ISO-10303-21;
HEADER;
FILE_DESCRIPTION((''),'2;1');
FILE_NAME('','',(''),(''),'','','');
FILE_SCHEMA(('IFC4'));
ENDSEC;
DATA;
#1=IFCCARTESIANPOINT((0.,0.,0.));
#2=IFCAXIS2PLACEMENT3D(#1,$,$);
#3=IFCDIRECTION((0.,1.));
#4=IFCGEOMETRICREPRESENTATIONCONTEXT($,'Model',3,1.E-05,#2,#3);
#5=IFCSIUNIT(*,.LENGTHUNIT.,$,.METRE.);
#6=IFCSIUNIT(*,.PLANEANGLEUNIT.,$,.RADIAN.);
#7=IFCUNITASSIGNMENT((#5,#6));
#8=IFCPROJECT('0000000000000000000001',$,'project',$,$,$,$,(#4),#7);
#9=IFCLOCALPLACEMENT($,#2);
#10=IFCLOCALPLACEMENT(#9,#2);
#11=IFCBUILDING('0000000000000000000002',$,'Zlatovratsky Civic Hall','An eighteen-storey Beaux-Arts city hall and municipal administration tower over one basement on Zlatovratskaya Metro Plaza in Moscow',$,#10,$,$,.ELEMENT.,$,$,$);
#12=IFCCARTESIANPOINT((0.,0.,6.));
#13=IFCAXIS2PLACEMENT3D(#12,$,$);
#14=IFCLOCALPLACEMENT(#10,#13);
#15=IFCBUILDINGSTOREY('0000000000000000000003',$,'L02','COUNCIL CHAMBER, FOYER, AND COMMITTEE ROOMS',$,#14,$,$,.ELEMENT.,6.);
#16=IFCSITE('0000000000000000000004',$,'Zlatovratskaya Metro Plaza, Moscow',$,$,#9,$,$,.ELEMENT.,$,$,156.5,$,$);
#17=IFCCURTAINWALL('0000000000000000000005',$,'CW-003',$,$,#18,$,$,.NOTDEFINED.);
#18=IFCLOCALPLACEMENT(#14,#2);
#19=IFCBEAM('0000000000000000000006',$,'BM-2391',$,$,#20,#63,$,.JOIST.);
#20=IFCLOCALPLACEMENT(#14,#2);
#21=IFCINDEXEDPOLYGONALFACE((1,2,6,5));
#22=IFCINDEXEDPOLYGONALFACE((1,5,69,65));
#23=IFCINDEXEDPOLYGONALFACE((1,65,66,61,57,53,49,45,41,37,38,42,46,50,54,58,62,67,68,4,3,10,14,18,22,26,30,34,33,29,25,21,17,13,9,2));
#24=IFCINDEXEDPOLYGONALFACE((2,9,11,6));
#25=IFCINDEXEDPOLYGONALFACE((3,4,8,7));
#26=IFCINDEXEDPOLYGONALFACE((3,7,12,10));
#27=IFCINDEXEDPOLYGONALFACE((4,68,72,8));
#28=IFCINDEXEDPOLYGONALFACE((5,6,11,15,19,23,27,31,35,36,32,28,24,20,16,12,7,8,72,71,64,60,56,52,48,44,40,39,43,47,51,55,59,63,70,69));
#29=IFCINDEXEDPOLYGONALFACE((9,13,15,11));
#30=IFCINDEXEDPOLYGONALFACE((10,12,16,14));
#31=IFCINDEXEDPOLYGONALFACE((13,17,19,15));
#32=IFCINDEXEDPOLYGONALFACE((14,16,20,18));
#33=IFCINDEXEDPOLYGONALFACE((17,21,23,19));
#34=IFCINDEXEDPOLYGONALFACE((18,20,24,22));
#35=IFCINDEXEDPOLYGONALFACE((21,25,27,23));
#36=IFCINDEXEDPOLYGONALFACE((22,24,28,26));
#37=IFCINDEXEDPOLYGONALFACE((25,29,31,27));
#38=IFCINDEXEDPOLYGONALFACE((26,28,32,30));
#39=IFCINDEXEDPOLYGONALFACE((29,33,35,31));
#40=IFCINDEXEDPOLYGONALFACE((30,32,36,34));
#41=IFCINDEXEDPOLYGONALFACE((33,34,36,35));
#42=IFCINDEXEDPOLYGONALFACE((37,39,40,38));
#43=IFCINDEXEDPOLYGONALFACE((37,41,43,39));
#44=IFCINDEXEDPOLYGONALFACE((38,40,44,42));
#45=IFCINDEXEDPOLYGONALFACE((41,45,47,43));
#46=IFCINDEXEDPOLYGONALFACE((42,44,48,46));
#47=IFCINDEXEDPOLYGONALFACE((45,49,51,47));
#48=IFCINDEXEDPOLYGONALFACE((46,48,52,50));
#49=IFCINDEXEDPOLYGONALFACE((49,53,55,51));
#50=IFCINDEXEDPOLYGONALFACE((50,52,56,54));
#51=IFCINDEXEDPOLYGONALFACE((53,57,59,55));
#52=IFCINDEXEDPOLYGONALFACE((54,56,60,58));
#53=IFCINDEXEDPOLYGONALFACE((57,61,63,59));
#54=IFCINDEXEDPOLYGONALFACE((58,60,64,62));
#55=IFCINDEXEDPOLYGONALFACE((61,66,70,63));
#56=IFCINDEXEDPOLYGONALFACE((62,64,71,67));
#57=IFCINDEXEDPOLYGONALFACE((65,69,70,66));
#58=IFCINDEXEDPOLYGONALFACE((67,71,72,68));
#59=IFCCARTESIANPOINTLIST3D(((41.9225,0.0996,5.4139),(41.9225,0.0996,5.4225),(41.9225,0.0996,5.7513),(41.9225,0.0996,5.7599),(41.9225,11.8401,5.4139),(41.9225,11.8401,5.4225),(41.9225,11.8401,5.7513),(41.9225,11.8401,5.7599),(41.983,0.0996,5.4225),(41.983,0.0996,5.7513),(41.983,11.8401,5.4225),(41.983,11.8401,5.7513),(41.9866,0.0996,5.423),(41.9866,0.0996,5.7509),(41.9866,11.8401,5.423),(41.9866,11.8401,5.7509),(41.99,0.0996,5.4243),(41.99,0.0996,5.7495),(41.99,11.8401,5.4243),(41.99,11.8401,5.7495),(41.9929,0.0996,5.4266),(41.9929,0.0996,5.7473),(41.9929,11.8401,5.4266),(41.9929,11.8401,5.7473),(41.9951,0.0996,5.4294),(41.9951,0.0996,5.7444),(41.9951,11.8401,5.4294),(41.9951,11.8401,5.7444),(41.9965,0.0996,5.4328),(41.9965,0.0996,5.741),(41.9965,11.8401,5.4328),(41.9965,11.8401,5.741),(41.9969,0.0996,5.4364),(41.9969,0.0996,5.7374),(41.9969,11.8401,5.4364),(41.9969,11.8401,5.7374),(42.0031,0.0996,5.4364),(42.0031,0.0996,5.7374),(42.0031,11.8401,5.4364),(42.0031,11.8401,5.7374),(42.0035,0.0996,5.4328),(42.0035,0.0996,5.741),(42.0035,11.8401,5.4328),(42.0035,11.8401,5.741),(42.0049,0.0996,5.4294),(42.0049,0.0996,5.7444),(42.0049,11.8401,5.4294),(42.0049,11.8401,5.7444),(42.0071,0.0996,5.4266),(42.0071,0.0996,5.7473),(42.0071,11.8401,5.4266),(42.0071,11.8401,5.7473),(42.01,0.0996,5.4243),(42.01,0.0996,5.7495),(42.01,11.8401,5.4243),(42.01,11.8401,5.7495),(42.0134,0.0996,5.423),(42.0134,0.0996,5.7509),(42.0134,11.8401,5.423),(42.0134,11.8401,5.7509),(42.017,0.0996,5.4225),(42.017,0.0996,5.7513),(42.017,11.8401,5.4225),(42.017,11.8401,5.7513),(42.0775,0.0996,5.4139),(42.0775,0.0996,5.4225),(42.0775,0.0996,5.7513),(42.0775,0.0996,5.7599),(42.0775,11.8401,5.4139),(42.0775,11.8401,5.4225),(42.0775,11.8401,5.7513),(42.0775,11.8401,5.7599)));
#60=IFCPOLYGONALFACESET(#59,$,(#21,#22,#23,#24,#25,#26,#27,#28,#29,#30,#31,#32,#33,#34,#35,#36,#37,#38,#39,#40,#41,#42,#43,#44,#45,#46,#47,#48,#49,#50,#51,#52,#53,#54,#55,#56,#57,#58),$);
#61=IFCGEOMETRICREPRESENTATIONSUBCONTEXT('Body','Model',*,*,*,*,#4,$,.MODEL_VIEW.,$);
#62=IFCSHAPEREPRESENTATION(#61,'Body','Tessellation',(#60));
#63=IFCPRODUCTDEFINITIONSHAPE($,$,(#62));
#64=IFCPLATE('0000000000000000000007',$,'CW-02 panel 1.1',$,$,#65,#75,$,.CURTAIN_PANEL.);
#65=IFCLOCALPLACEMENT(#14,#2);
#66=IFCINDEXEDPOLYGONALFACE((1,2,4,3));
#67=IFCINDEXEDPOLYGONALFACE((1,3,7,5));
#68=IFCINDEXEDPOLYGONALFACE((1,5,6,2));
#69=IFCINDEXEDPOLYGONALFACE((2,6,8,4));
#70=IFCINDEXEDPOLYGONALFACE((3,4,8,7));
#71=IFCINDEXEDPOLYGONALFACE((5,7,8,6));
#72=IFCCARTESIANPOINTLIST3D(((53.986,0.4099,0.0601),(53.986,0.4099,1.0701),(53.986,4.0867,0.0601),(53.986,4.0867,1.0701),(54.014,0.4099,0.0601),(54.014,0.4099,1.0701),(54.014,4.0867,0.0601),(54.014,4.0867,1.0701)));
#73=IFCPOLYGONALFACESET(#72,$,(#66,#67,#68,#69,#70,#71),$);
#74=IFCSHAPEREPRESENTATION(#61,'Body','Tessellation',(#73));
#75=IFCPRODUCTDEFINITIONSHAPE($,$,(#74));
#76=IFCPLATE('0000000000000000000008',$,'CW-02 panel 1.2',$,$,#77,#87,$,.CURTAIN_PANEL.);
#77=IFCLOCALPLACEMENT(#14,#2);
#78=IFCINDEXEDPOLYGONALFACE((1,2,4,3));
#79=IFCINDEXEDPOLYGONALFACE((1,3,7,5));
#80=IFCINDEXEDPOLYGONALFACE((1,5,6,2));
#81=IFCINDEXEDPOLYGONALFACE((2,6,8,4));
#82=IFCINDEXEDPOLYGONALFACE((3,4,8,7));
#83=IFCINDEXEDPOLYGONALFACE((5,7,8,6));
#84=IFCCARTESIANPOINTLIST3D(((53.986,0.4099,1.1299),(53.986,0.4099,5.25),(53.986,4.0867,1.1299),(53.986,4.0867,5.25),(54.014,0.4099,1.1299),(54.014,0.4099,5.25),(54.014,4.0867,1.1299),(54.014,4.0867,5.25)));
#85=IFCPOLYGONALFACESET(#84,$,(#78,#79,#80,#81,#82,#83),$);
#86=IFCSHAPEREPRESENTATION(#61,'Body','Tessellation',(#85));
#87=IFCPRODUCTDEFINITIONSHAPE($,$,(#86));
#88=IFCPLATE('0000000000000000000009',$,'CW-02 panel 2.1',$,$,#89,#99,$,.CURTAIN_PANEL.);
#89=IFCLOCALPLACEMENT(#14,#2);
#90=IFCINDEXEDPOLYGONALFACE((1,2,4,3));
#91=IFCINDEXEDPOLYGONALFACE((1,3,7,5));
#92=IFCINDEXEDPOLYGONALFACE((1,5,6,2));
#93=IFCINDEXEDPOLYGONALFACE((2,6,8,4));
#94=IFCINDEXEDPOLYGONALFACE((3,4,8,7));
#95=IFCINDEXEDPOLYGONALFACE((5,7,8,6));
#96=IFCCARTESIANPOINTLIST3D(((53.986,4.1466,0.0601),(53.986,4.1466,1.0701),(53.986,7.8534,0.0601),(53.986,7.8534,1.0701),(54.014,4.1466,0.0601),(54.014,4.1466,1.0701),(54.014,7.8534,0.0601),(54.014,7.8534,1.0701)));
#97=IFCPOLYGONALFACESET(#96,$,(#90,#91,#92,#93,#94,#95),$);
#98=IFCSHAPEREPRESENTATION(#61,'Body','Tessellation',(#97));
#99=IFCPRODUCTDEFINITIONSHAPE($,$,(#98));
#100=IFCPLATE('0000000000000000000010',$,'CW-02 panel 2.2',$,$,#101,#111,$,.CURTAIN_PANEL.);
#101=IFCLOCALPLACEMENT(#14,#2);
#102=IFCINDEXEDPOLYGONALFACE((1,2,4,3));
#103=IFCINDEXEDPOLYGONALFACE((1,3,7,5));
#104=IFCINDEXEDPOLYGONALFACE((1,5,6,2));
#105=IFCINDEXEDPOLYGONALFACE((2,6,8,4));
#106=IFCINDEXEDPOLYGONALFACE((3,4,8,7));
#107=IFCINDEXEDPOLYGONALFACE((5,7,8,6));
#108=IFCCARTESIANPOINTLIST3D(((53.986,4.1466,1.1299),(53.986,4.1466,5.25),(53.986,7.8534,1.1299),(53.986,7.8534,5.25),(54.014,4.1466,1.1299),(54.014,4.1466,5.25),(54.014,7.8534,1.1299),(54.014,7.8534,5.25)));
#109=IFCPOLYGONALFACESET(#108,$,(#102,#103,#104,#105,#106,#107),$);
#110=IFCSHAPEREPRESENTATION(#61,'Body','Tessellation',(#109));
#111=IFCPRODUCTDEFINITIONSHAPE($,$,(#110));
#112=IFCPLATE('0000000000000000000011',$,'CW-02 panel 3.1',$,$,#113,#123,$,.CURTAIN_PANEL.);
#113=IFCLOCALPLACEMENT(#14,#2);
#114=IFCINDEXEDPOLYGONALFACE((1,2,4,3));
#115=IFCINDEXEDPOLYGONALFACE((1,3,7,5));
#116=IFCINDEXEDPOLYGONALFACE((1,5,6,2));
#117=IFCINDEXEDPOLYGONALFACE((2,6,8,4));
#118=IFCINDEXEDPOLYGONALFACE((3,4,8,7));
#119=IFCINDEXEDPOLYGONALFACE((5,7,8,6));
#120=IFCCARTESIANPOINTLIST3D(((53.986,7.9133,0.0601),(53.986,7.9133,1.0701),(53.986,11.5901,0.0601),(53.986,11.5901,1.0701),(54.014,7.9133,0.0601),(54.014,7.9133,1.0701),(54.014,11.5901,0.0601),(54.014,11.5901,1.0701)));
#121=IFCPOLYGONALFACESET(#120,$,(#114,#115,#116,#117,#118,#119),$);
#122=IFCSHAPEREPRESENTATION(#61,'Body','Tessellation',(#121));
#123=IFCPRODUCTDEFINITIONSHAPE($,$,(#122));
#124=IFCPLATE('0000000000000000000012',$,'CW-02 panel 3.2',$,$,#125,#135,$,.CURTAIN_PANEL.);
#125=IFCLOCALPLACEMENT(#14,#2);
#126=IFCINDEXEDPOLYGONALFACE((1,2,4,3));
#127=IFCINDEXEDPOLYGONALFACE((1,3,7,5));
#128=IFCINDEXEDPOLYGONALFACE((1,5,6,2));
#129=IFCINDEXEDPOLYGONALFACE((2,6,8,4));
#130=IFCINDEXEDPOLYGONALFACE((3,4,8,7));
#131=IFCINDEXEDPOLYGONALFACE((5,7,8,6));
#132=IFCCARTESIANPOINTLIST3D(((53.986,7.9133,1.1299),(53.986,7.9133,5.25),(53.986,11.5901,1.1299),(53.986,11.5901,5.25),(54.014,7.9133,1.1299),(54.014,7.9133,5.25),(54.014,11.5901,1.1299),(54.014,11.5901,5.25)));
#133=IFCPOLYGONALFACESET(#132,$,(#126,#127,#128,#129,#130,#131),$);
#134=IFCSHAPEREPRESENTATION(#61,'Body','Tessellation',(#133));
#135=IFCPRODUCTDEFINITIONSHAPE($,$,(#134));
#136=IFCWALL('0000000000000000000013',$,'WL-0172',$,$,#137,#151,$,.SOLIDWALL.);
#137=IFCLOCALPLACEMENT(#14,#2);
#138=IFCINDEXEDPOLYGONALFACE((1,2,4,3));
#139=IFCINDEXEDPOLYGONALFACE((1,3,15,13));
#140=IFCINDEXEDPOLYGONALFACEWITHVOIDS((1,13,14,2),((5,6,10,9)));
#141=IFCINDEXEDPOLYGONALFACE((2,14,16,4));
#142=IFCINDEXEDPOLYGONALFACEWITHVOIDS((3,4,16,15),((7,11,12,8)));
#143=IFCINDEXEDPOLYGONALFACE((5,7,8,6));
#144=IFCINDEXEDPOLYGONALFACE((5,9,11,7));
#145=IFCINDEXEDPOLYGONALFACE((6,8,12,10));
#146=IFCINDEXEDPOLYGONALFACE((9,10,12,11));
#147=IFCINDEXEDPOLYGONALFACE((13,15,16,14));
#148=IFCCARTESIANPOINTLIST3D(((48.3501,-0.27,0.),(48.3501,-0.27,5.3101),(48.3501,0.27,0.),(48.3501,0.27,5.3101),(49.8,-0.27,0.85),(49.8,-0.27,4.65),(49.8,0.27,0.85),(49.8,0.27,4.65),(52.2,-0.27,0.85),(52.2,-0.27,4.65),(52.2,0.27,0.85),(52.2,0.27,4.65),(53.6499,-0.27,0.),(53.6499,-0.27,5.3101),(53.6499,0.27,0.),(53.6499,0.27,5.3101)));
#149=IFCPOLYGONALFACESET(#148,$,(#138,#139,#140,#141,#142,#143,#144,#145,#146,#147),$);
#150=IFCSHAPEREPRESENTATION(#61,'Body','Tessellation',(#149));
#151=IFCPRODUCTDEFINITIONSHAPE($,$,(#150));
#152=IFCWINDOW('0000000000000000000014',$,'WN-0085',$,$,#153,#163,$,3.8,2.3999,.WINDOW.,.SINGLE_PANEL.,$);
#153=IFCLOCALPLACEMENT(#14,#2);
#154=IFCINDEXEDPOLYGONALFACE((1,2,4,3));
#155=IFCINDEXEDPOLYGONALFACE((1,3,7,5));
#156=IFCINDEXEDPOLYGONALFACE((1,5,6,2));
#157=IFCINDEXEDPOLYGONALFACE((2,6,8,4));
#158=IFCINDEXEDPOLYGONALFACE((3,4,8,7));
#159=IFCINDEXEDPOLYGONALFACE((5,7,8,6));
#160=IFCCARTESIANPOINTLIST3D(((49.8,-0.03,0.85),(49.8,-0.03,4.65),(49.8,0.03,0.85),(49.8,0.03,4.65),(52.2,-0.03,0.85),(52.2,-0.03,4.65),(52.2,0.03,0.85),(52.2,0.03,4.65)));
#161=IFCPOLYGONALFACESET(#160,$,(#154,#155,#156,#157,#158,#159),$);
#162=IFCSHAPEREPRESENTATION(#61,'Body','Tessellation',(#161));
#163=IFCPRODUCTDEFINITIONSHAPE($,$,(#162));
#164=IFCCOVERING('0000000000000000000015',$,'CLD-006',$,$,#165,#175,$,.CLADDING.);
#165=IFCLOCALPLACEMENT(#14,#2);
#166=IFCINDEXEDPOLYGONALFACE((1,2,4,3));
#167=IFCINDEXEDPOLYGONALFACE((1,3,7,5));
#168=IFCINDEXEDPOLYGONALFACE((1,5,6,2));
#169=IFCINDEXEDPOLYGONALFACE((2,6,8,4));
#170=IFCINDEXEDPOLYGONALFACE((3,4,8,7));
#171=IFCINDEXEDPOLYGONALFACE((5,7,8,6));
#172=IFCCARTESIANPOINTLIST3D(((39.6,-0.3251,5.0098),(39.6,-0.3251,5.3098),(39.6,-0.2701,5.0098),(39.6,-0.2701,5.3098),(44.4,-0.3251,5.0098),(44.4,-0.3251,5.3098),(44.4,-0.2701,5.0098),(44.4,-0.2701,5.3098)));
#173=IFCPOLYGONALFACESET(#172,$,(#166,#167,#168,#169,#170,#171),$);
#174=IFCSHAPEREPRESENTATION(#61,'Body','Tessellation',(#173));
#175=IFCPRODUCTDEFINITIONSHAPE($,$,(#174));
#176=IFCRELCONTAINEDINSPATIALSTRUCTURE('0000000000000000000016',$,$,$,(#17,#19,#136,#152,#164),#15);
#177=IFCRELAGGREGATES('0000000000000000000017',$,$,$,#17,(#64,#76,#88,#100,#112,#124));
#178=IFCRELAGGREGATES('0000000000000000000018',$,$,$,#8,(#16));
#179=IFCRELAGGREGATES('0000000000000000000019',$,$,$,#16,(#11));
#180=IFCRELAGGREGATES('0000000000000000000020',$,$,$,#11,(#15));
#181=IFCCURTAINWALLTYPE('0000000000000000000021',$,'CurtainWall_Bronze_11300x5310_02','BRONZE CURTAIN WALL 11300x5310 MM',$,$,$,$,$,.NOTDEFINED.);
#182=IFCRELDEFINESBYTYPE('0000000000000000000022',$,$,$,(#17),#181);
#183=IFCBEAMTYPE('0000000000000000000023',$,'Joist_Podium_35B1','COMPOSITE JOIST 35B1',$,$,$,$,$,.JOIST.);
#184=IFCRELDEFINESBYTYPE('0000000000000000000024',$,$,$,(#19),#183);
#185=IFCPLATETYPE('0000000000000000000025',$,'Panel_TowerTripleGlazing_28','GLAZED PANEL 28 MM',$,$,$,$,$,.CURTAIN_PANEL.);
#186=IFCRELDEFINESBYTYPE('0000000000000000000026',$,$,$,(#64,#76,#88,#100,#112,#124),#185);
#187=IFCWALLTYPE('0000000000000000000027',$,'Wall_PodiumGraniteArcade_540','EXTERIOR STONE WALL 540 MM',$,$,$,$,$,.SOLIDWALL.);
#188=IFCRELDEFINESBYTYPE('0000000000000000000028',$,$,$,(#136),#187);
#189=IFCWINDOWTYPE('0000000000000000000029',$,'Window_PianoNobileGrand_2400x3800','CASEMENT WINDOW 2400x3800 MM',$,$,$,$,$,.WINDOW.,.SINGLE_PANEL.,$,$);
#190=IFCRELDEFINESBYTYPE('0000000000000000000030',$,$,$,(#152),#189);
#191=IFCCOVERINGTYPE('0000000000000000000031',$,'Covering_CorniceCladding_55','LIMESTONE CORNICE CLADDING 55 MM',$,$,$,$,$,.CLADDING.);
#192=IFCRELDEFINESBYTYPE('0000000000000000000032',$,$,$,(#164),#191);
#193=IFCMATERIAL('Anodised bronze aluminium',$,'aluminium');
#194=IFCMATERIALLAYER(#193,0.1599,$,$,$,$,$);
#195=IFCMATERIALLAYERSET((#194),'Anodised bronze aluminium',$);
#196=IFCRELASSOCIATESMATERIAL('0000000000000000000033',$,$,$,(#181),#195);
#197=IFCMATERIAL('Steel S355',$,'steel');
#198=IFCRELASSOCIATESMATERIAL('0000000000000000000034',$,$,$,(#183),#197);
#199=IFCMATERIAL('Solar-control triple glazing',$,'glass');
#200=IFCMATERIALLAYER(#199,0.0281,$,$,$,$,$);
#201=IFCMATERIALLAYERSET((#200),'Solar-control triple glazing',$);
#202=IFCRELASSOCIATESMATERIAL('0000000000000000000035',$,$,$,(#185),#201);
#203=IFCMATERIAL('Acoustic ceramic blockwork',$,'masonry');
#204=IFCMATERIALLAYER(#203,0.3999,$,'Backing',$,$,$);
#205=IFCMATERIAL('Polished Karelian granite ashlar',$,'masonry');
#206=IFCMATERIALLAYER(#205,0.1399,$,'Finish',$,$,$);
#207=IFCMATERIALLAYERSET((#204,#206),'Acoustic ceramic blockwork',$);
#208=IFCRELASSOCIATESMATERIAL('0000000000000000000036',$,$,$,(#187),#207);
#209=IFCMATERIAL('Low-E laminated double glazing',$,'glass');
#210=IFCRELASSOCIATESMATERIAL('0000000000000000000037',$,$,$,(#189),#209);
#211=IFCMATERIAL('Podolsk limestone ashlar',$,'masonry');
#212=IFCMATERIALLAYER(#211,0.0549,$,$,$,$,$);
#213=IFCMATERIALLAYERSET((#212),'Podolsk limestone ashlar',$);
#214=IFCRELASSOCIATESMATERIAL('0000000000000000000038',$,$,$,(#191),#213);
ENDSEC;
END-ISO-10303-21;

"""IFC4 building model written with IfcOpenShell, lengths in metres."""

from ifc_helpers import new_model, si_unit, direction, frame, frame_2d, origin, origin_2d, place, context, subcontext, project, spatial, rectangle, i_section, extrude, material, layer, layer_set, material_profile, profile_set, type_object, element, fill, aggregate, save


model = new_model("IFC4")

# Units and contexts
model_context = context("Model", 3, precision=1e-05, world=origin(), true_north=direction((0.0, 1.0)))
body_context = subcontext(model_context, "Body", "Model", "MODEL_VIEW")
ifc_project = project(units=[si_unit("LENGTHUNIT", "METRE"), si_unit("PLANEANGLEUNIT", "RADIAN")], contexts=[model_context])

# Site, building, storey
site_placement = place(None, origin())
site = spatial("IfcSite", under=ifc_project, at=site_placement, Name="Zlatovratskaya Metro Plaza, Moscow", CompositionType="ELEMENT", RefElevation=156.5)
building_placement = place(site_placement, origin())
building = spatial("IfcBuilding", under=site, at=building_placement, Name="Zlatovratsky Civic Hall", Description="An eighteen-storey Beaux-Arts city hall and municipal administration tower over one basement on Zlatovratskaya Metro Plaza in Moscow", CompositionType="ELEMENT")
storey_placement = place(building_placement, frame((0.0, 0.0, 6.0)))
storey = spatial("IfcBuildingStorey", under=building, at=storey_placement, Name="L02", Description="COUNCIL CHAMBER, FOYER, AND COMMITTEE ROOMS", CompositionType="ELEMENT", Elevation=6.0)

# Shared definitions
ifc_material_1 = material(Name="Steel S355", Category="steel")

# Curtain wall
ifc_material_2 = material(Name="Anodised bronze aluminium", Category="aluminium")
ifc_layer_1 = layer(ifc_material_2, 0.1599)
ifc_layer_set_1 = layer_set([ifc_layer_1], Name="Anodised bronze aluminium")
curtain_wall_type = type_object("IfcCurtainWallType", Name="CurtainWall_Bronze_11300x5310_02", Description="BRONZE CURTAIN WALL 11300x5310 MM", PredefinedType="NOTDEFINED", material=ifc_layer_set_1)
curtain_wall_placement = place(storey_placement, origin())
curtain_wall = element("IfcCurtainWall", 1, at=curtain_wall_placement, inside=storey, type_object=curtain_wall_type, Name="CW-003", PredefinedType="NOTDEFINED")

# Beam
ifc_material_profile_1 = material_profile(ifc_material_1, i_section(OverallWidth=0.155, OverallDepth=0.3459, WebThickness=0.0061, FlangeThickness=0.0085, FilletRadius=0.0139, at=origin_2d()), Name="35B1")
ifc_profile_set_1 = profile_set([ifc_material_profile_1], Name="Steel S355")
beam_type_1 = type_object("IfcBeamType", Name="Joist_Podium_35B1", Description="COMPOSITE JOIST 35B1", PredefinedType="JOIST", material=ifc_profile_set_1)
beam_1_placement = place(storey_placement, frame((42.0, 0.0996, 5.5869), z_axis=(0.0, 1.0, 0.0), x_axis=(-1.0, 0.0, 0.0)))
element("IfcBeam", 2, at=beam_1_placement, inside=storey, type_object=beam_type_1, Name="BM-2391", PredefinedType="JOIST", context=body_context, shape_type="SweptSolid", body=[
    extrude(i_section(OverallWidth=0.155, OverallDepth=0.3459, WebThickness=0.0061, FlangeThickness=0.0085, FilletRadius=0.0139, at=origin_2d()), origin(), (0.0, 0.0, 1.0), 11.7405),
])

# Plates
ifc_material_3 = material(Name="Solar-control triple glazing", Category="glass")
ifc_layer_2 = layer(ifc_material_3, 0.0281)
ifc_layer_set_2 = layer_set([ifc_layer_2], Name="Solar-control triple glazing")
plate_type = type_object("IfcPlateType", Name="Panel_TowerTripleGlazing_28", Description="GLAZED PANEL 28 MM", PredefinedType="CURTAIN_PANEL", material=ifc_layer_set_2)
plate_1_placement = place(storey_placement, frame((54.0, 2.2483, 0.0601), z_axis=(0.0, 0.0, 1.0), x_axis=(0.0, 1.0, 0.0)))
plate_1 = element("IfcPlate", 3, at=plate_1_placement, type_object=plate_type, Name="CW-02 panel 1.1", PredefinedType="CURTAIN_PANEL", context=body_context, shape_type="SweptSolid", body=[
    extrude(rectangle(XDim=3.6768, YDim=0.0281, at=origin_2d()), origin(), (0.0, 0.0, 1.0), 1.01),
])
plate_2_placement = place(storey_placement, frame((54.0, 2.2483, 1.1299), z_axis=(0.0, 0.0, 1.0), x_axis=(0.0, 1.0, 0.0)))
plate_2 = element("IfcPlate", 4, at=plate_2_placement, type_object=plate_type, Name="CW-02 panel 1.2", PredefinedType="CURTAIN_PANEL", context=body_context, shape_type="SweptSolid", body=[
    extrude(rectangle(XDim=3.6768, YDim=0.0281, at=origin_2d()), origin(), (0.0, 0.0, 1.0), 4.1201),
])
plate_3_placement = place(storey_placement, frame((54.0, 6.0, 0.0601), z_axis=(0.0, 0.0, 1.0), x_axis=(0.0, 1.0, 0.0)))
plate_3 = element("IfcPlate", 5, at=plate_3_placement, type_object=plate_type, Name="CW-02 panel 2.1", PredefinedType="CURTAIN_PANEL", context=body_context, shape_type="SweptSolid", body=[
    extrude(rectangle(XDim=3.7068, YDim=0.0281, at=origin_2d()), origin(), (0.0, 0.0, 1.0), 1.01),
])
plate_4_placement = place(storey_placement, frame((54.0, 6.0, 1.1299), z_axis=(0.0, 0.0, 1.0), x_axis=(0.0, 1.0, 0.0)))
plate_4 = element("IfcPlate", 6, at=plate_4_placement, type_object=plate_type, Name="CW-02 panel 2.2", PredefinedType="CURTAIN_PANEL", context=body_context, shape_type="SweptSolid", body=[
    extrude(rectangle(XDim=3.7068, YDim=0.0281, at=origin_2d()), origin(), (0.0, 0.0, 1.0), 4.1201),
])
plate_5_placement = place(storey_placement, frame((54.0, 9.7517, 0.0601), z_axis=(0.0, 0.0, 1.0), x_axis=(0.0, 1.0, 0.0)))
plate_5 = element("IfcPlate", 7, at=plate_5_placement, type_object=plate_type, Name="CW-02 panel 3.1", PredefinedType="CURTAIN_PANEL", context=body_context, shape_type="SweptSolid", body=[
    extrude(rectangle(XDim=3.6768, YDim=0.0281, at=origin_2d()), origin(), (0.0, 0.0, 1.0), 1.01),
])
plate_6_placement = place(storey_placement, frame((54.0, 9.7517, 1.1299), z_axis=(0.0, 0.0, 1.0), x_axis=(0.0, 1.0, 0.0)))
plate_6 = element("IfcPlate", 8, at=plate_6_placement, type_object=plate_type, Name="CW-02 panel 3.2", PredefinedType="CURTAIN_PANEL", context=body_context, shape_type="SweptSolid", body=[
    extrude(rectangle(XDim=3.6768, YDim=0.0281, at=origin_2d()), origin(), (0.0, 0.0, 1.0), 4.1201),
])
aggregate(curtain_wall, [plate_1, plate_2, plate_3, plate_4, plate_5, plate_6])

# Wall, opening, window
ifc_material_4 = material(Name="Acoustic ceramic blockwork", Category="masonry")
ifc_layer_3 = layer(ifc_material_4, 0.3999, Name="Backing")
ifc_material_5 = material(Name="Polished Karelian granite ashlar", Category="masonry")
ifc_layer_4 = layer(ifc_material_5, 0.1399, Name="Finish")
ifc_layer_set_3 = layer_set([ifc_layer_3, ifc_layer_4], Name="Acoustic ceramic blockwork")
wall_type = type_object("IfcWallType", Name="Wall_PodiumGraniteArcade_540", Description="EXTERIOR STONE WALL 540 MM", PredefinedType="SOLIDWALL", material=ifc_layer_set_3)
wall_placement = place(storey_placement, frame((48.3501, 0.0, 0.0), z_axis=(0.0, 0.0, 1.0), x_axis=(1.0, 0.0, 0.0)))
wall = element("IfcWall", 9, at=wall_placement, inside=storey, type_object=wall_type, Name="WL-0172", PredefinedType="SOLIDWALL", context=body_context, shape_type="SweptSolid", body=[
    extrude(rectangle(XDim=5.2998, YDim=0.54, at=frame_2d((2.6499, 0.0))), origin(), (0.0, 0.0, 1.0), 5.3101),
])
opening_placement = place(wall_placement, frame((1.45, 0.0, 0.8501)))
opening = element("IfcOpeningElement", 10, at=opening_placement, cuts=wall, PredefinedType="OPENING", context=body_context, shape_type="SweptSolid", body=[
    extrude(rectangle(XDim=2.3999, YDim=3.8, at=frame_2d((1.2, 1.8999))), frame((0.0, 0.2849, 0.0), z_axis=(0.0, -1.0, 0.0), x_axis=(1.0, 0.0, 0.0)), (0.0, 0.0, 1.0), 0.5698),
])
ifc_material_6 = material(Name="Low-E laminated double glazing", Category="glass")
window_type = type_object("IfcWindowType", Name="Window_PianoNobileGrand_2400x3800", Description="CASEMENT WINDOW 2400x3800 MM", PartitioningType="SINGLE_PANEL", PredefinedType="WINDOW", material=ifc_material_6)
window_placement = place(opening_placement, origin())
window = element("IfcWindow", 11, at=window_placement, inside=storey, type_object=window_type, Name="WN-0085", OverallHeight=3.8, OverallWidth=2.3999, PartitioningType="SINGLE_PANEL", PredefinedType="WINDOW", context=body_context, shape_type="SweptSolid", body=[
    extrude(rectangle(XDim=2.3999, YDim=3.8, at=frame_2d((1.2, 1.8999))), frame((0.0, 0.03, 0.0), z_axis=(0.0, -1.0, 0.0), x_axis=(1.0, 0.0, 0.0)), (0.0, 0.0, 1.0), 0.0601),
])
fill(opening, window)

# Covering
ifc_material_7 = material(Name="Podolsk limestone ashlar", Category="masonry")
ifc_layer_5 = layer(ifc_material_7, 0.0549)
ifc_layer_set_4 = layer_set([ifc_layer_5], Name="Podolsk limestone ashlar")
covering_type = type_object("IfcCoveringType", Name="Covering_CorniceCladding_55", Description="LIMESTONE CORNICE CLADDING 55 MM", PredefinedType="CLADDING", material=ifc_layer_set_4)
covering_placement = place(storey_placement, frame((42.0, -0.2976, 5.0098), z_axis=(0.0, 0.0, 1.0), x_axis=(1.0, 0.0, 0.0)))
element("IfcCovering", 12, at=covering_placement, inside=storey, type_object=covering_type, Name="CLD-006", PredefinedType="CLADDING", context=body_context, shape_type="SweptSolid", body=[
    extrude(rectangle(XDim=4.8, YDim=0.0549, at=origin_2d()), origin(), (0.0, 0.0, 1.0), 0.3),
])

save(model, "model.ifc")
